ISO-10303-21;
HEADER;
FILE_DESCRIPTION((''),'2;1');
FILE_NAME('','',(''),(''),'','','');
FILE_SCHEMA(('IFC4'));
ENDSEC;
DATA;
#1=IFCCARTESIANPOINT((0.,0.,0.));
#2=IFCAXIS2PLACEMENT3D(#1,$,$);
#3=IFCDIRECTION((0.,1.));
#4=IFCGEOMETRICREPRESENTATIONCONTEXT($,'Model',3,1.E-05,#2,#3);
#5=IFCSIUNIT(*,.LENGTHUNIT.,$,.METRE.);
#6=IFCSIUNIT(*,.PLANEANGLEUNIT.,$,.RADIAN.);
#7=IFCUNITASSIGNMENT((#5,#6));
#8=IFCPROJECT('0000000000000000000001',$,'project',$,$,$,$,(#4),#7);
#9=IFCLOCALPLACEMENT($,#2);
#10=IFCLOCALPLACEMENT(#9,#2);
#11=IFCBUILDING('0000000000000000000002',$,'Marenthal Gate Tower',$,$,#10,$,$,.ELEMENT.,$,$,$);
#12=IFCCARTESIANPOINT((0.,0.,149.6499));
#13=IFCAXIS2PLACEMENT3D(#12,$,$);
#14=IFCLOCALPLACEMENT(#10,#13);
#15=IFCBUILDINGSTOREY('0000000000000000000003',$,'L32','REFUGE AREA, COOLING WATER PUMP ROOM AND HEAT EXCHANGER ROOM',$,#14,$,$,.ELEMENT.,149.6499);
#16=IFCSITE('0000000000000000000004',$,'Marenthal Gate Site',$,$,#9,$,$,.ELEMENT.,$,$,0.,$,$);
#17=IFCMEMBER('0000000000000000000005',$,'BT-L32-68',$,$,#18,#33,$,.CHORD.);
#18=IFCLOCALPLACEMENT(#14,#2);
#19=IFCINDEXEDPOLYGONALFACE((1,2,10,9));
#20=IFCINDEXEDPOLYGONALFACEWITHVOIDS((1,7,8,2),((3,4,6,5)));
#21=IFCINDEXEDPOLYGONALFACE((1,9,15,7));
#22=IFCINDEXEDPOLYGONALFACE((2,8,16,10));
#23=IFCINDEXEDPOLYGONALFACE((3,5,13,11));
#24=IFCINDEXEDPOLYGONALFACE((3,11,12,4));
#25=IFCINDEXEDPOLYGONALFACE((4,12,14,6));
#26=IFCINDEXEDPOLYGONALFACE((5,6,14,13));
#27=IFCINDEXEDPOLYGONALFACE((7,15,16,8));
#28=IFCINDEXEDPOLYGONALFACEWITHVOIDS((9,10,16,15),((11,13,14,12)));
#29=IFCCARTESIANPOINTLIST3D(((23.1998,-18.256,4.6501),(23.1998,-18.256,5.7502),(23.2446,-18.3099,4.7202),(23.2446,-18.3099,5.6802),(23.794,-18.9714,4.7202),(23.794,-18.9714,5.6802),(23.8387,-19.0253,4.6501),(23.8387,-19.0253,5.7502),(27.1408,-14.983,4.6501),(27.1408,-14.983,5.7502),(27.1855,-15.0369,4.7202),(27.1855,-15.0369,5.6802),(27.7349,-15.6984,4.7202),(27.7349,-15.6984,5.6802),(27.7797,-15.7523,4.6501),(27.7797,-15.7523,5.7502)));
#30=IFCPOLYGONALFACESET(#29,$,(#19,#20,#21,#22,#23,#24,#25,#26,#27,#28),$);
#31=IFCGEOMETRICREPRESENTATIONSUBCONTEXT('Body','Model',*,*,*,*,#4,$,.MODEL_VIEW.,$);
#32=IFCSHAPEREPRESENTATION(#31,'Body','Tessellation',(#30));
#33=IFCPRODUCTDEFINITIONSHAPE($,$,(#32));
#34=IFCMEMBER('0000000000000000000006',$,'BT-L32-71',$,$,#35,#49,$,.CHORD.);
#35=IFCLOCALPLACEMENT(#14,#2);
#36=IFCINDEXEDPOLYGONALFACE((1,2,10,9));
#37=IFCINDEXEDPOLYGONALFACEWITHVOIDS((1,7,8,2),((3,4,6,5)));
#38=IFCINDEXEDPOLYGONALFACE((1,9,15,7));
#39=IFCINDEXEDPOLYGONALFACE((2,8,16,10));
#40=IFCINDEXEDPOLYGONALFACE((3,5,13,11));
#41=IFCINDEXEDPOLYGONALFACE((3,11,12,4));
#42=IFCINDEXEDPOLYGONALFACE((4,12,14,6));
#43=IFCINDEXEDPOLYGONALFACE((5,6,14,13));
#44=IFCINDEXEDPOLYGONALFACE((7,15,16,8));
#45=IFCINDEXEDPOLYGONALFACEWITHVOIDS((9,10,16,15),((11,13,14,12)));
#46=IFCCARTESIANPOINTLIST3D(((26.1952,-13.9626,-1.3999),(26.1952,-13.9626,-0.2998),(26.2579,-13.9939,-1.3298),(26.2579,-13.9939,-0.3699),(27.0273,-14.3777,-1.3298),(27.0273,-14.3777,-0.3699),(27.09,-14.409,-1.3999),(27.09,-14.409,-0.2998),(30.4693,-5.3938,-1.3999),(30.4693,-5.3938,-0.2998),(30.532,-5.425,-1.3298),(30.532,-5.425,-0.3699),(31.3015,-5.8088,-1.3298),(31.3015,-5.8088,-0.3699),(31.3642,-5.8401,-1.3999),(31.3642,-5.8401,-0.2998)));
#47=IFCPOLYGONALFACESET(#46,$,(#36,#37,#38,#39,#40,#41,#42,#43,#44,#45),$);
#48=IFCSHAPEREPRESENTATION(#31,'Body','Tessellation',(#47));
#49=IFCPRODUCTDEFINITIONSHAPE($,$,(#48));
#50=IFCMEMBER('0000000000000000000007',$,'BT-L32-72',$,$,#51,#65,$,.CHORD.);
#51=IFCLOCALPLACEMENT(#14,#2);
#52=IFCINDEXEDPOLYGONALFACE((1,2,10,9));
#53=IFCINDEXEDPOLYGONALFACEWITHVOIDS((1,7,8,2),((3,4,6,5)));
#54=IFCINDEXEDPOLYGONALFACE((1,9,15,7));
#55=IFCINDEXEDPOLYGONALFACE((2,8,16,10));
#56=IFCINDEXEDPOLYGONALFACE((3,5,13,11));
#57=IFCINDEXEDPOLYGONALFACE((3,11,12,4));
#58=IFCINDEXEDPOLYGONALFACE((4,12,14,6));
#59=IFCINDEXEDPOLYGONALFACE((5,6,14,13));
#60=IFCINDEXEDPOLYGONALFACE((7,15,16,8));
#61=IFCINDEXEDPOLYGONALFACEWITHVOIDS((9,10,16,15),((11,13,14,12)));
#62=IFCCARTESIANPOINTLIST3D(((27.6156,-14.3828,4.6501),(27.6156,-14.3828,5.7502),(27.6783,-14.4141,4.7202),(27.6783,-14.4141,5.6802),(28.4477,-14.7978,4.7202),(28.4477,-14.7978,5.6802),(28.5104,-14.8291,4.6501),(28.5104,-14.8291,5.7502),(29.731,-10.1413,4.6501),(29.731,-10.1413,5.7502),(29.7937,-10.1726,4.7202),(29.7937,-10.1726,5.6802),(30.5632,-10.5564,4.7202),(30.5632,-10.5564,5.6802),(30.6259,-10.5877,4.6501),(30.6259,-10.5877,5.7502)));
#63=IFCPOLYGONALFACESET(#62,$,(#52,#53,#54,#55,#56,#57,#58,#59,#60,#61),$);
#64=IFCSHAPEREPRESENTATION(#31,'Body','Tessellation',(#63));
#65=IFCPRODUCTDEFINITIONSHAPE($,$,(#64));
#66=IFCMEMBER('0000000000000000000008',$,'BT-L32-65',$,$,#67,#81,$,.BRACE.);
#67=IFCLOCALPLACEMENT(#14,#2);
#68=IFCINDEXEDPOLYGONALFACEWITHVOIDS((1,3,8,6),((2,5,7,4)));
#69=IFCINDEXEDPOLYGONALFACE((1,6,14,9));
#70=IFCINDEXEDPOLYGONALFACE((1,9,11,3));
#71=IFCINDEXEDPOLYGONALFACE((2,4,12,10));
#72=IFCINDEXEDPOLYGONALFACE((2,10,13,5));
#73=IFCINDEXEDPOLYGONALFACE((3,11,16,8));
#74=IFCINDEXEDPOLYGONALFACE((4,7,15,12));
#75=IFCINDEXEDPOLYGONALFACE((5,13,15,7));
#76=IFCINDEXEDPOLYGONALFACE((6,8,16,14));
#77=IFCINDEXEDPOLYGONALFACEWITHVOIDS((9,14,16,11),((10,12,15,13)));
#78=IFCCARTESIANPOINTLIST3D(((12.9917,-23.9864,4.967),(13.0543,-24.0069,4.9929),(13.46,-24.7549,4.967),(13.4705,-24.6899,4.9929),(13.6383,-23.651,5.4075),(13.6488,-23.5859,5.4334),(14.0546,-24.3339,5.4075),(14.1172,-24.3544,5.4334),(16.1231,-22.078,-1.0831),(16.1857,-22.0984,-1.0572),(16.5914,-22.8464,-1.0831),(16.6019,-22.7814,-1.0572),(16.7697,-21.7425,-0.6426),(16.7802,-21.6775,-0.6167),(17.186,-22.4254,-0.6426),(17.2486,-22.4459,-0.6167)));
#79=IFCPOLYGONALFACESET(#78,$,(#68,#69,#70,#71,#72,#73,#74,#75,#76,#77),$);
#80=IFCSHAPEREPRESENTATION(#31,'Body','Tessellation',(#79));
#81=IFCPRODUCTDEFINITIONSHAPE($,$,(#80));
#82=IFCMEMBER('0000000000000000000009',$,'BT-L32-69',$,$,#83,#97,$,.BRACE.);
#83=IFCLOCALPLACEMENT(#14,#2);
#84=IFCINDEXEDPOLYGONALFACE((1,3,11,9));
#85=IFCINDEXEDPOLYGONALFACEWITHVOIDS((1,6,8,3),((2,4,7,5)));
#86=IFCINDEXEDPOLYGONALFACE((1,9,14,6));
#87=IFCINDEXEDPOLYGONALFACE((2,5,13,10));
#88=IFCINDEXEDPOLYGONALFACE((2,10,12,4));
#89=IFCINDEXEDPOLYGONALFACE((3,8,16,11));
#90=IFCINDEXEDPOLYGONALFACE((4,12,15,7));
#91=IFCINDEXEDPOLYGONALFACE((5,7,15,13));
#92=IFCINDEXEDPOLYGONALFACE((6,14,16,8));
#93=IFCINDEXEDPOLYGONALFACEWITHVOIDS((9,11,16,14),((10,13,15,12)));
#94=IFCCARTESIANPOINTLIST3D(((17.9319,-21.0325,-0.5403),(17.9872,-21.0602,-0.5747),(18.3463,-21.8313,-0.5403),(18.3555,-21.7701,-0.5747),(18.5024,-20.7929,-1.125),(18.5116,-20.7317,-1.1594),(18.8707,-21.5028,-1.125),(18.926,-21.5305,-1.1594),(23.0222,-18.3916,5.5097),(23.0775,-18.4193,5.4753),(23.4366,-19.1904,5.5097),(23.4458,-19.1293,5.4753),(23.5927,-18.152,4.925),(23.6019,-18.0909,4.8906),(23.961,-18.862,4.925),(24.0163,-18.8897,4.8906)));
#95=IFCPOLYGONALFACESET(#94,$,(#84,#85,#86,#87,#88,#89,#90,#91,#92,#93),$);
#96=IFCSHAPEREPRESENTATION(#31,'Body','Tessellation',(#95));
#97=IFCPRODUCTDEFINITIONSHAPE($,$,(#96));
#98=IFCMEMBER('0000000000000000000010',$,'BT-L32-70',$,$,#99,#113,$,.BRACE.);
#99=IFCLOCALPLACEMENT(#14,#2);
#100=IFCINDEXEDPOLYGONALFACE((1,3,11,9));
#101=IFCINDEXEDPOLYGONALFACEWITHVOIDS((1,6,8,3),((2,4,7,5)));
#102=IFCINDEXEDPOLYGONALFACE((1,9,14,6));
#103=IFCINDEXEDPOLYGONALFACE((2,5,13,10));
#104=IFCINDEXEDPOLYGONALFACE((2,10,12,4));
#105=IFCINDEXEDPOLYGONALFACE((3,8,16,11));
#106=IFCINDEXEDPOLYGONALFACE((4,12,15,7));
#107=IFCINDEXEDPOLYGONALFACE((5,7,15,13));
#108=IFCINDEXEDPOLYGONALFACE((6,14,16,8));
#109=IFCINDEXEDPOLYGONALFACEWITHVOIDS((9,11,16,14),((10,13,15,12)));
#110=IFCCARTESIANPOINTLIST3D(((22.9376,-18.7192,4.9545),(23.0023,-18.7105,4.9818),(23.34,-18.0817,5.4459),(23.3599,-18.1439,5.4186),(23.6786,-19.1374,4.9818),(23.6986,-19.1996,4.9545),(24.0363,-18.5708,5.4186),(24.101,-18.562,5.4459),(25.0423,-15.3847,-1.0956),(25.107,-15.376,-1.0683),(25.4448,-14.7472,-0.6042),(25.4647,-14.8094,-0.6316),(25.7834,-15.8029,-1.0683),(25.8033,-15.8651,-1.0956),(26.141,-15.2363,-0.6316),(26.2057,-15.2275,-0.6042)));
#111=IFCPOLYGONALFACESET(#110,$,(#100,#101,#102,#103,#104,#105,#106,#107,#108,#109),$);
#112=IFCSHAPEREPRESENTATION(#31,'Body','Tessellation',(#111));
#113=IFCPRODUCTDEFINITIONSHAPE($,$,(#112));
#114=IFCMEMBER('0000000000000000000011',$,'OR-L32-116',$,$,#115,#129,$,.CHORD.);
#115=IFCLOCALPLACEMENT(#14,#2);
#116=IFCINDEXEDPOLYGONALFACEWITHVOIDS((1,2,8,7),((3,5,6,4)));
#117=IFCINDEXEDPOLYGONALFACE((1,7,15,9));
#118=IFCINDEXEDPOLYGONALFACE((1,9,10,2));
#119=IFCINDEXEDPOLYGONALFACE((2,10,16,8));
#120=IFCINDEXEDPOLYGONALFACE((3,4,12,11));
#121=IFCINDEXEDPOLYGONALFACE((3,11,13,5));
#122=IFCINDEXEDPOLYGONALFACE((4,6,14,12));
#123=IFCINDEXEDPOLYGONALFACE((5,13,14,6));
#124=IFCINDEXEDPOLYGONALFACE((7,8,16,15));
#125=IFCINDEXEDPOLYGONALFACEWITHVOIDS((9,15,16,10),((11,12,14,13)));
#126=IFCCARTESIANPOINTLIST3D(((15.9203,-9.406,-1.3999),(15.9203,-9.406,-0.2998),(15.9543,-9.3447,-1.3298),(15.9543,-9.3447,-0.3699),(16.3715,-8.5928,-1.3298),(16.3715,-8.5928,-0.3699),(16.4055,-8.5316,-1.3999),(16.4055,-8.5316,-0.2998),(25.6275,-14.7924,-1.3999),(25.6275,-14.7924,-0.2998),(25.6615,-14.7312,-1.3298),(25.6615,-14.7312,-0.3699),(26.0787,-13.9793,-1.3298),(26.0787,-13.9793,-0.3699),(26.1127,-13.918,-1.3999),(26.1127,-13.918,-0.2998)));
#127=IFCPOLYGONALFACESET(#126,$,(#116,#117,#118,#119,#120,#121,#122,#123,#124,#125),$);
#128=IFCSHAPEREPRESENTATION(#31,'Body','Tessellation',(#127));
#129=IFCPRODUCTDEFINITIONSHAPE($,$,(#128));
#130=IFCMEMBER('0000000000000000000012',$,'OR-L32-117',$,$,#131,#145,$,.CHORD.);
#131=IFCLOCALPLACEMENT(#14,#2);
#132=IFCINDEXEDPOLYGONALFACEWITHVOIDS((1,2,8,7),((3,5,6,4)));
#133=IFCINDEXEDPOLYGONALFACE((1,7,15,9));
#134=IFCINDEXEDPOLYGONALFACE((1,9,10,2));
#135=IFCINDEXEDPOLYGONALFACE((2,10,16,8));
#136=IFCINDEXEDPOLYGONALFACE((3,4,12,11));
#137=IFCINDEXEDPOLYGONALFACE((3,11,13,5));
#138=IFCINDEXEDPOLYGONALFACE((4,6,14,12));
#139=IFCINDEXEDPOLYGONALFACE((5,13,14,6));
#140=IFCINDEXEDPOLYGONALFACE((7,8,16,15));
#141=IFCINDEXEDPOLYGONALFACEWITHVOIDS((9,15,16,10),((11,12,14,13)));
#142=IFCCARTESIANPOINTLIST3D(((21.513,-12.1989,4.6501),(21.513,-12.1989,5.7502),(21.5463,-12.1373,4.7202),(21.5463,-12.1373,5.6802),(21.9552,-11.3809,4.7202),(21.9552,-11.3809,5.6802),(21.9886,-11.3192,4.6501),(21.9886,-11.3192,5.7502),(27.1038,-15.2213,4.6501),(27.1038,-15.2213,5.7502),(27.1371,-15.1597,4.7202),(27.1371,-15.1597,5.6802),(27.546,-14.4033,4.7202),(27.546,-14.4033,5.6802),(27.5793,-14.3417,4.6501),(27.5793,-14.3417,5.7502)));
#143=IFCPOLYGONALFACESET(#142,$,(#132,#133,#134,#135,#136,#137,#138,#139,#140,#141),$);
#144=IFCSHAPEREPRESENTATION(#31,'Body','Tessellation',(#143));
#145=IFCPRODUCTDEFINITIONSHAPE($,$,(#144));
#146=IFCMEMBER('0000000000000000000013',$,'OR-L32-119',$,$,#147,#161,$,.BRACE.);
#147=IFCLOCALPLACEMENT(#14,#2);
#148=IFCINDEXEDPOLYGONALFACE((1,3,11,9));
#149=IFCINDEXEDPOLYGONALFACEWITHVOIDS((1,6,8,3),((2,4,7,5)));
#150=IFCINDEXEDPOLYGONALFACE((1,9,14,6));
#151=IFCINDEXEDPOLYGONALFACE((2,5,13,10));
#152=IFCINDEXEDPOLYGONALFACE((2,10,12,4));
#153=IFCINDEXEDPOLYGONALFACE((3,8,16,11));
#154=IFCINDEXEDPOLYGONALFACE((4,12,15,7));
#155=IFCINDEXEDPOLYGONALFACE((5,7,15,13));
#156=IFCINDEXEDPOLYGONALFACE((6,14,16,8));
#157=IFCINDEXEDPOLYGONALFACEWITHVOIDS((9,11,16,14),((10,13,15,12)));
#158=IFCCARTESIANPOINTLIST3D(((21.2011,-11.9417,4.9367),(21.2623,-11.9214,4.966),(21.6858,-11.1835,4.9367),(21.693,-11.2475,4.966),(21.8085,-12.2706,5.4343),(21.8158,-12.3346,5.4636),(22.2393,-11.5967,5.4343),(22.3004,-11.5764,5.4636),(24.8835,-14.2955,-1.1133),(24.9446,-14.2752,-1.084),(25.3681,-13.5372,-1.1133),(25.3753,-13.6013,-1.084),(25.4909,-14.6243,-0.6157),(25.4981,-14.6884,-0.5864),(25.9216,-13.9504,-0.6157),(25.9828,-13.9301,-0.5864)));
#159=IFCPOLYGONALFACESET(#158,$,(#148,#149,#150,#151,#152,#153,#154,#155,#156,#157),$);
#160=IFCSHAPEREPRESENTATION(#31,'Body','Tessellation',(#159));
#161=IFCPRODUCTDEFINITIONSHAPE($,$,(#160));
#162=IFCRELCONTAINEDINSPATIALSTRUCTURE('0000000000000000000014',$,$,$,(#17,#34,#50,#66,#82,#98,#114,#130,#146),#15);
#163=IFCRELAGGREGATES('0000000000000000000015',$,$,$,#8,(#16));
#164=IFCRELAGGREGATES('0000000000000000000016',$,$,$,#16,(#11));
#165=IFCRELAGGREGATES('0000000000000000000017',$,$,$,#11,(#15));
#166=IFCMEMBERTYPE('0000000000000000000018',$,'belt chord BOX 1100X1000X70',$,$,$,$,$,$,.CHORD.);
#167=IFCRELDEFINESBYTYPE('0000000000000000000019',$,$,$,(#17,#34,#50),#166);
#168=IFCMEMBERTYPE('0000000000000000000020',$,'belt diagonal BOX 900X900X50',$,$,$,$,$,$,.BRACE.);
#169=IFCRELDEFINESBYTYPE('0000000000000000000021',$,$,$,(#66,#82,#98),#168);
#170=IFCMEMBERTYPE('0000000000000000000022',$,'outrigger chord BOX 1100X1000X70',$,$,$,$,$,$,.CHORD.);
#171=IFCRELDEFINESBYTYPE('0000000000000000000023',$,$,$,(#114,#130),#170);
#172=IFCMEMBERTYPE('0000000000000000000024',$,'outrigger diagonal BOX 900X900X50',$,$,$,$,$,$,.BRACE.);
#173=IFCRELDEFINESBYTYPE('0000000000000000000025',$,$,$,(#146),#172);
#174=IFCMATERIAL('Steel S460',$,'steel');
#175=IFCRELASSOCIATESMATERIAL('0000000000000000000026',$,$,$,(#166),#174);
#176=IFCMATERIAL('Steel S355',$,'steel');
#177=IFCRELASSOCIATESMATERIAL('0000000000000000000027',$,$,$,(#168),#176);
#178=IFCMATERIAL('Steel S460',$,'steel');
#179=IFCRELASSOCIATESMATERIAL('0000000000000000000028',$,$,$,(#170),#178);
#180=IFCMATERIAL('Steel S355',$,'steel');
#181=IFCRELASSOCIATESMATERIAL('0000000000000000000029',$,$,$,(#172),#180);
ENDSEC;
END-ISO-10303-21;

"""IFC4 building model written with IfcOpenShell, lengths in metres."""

from ifc_helpers import new_model, si_unit, direction, frame, origin, origin_2d, place, context, subcontext, project, spatial, hollow_rectangle, extrude, material, material_profile, profile_set, type_object, element, save


model = new_model("IFC4")

# Units and contexts
model_context = context("Model", 3, precision=1e-05, world=origin(), true_north=direction((0.0, 1.0)))
body_context = subcontext(model_context, "Body", "Model", "MODEL_VIEW")
ifc_project = project(units=[si_unit("LENGTHUNIT", "METRE"), si_unit("PLANEANGLEUNIT", "RADIAN")], contexts=[model_context])

# Site, building, storey
site_placement = place(None, origin())
site = spatial("IfcSite", under=ifc_project, at=site_placement, Name="Marenthal Gate Site", CompositionType="ELEMENT", RefElevation=0.0)
building_placement = place(site_placement, origin())
building = spatial("IfcBuilding", under=site, at=building_placement, Name="Marenthal Gate Tower", CompositionType="ELEMENT")
storey_placement = place(building_placement, frame((0.0, 0.0, 149.6499)))
storey = spatial("IfcBuildingStorey", under=building, at=storey_placement, Name="L32", Description="REFUGE AREA, COOLING WATER PUMP ROOM AND HEAT EXCHANGER ROOM", CompositionType="ELEMENT", Elevation=149.6499)

# Members
ifc_material_1 = material(Name="Steel S460", Category="steel")
ifc_material_profile_1 = material_profile(ifc_material_1, hollow_rectangle(XDim=1.0, YDim=1.1001, WallThickness=0.0701, at=origin_2d()), Name="BOX 1100X1000X70")
ifc_profile_set_1 = profile_set([ifc_material_profile_1], Name="Steel S460")
member_type_1 = type_object("IfcMemberType", Name="belt chord BOX 1100X1000X70", PredefinedType="CHORD", material=ifc_profile_set_1)
for number, where, z_axis, x_axis, name in (
    (1, (23.5193, -18.6406, 5.2002), (0.769291, 0.638899, 0.0), (-0.638899, 0.769291, 0.0), "BT-L32-68"),
):
    element("IfcMember", number, at=place(storey_placement, frame(where, z_axis=z_axis, x_axis=x_axis)), inside=storey, type_object=member_type_1, Name=name, PredefinedType="CHORD", context=body_context, shape_type="SweptSolid", body=[
        extrude(hollow_rectangle(XDim=1.0, YDim=1.1001, WallThickness=0.0701, at=origin_2d()), origin(), (0.0, 0.0, 1.0), 5.1228),
    ])
member_1_placement = place(storey_placement, frame((26.6426, -14.1858, -0.8499), z_axis=(0.446357, 0.894855, 0.0), x_axis=(-0.894855, 0.446357, 0.0)))
element("IfcMember", 2, at=member_1_placement, inside=storey, type_object=member_type_1, Name="BT-L32-71", PredefinedType="CHORD", context=body_context, shape_type="SweptSolid", body=[
    extrude(hollow_rectangle(XDim=1.0, YDim=1.1001, WallThickness=0.0701, at=origin_2d()), origin(), (0.0, 0.0, 1.0), 9.5757),
])
member_2_placement = place(storey_placement, frame((28.063, -14.606, 5.2002), z_axis=(0.446327, 0.89487, 0.0), x_axis=(-0.89487, 0.446327, 0.0)))
element("IfcMember", 3, at=member_2_placement, inside=storey, type_object=member_type_1, Name="BT-L32-72", PredefinedType="CHORD", context=body_context, shape_type="SweptSolid", body=[
    extrude(hollow_rectangle(XDim=1.0, YDim=1.1001, WallThickness=0.0701, at=origin_2d()), origin(), (0.0, 0.0, 1.0), 4.7397),
])
ifc_material_2 = material(Name="Steel S355", Category="steel")
ifc_material_profile_2 = material_profile(ifc_material_2, hollow_rectangle(XDim=0.8999, YDim=0.8999, WallThickness=0.05, at=origin_2d()), Name="BOX 900X900X50")
ifc_profile_set_2 = profile_set([ifc_material_profile_2], Name="Steel S355")
member_type_2 = type_object("IfcMemberType", Name="belt diagonal BOX 900X900X50", PredefinedType="BRACE", material=ifc_profile_set_2)
member_3_placement = place(storey_placement, frame((13.5544, -24.1704, 5.2002), z_axis=(0.442616, 0.269759, -0.855174), x_axis=(-0.520426, 0.853907, 0.0)))
element("IfcMember", 4, at=member_3_placement, inside=storey, type_object=member_type_2, Name="BT-L32-65", PredefinedType="BRACE", context=body_context, shape_type="SweptSolid", body=[
    extrude(hollow_rectangle(XDim=0.8999, YDim=0.8999, WallThickness=0.05, at=origin_2d()), origin(), (0.0, 0.0, 1.0), 7.0747),
])
member_4_placement = place(storey_placement, frame((18.429, -21.2815, -0.8499), z_axis=(0.610645, 0.316803, 0.725774), x_axis=(-0.460515, 0.887652, 0.0)))
element("IfcMember", 5, at=member_4_placement, inside=storey, type_object=member_type_2, Name="BT-L32-69", PredefinedType="BRACE", context=body_context, shape_type="SweptSolid", body=[
    extrude(hollow_rectangle(XDim=0.8999, YDim=0.8999, WallThickness=0.05, at=origin_2d()), origin(), (0.0, 0.0, 1.0), 8.3359),
])
member_5_placement = place(storey_placement, frame((23.5193, -18.6406, 5.2002), z_axis=(0.29145, 0.461735, -0.83777), x_axis=(-0.845632, 0.533767, 0.0)))
element("IfcMember", 6, at=member_5_placement, inside=storey, type_object=member_type_2, Name="BT-L32-70", PredefinedType="BRACE", context=body_context, shape_type="SweptSolid", body=[
    extrude(hollow_rectangle(XDim=0.8999, YDim=0.8999, WallThickness=0.05, at=origin_2d()), origin(), (0.0, 0.0, 1.0), 7.2217),
])
ifc_material_3 = material(Name="Steel S460", Category="steel")
ifc_material_profile_3 = material_profile(ifc_material_3, hollow_rectangle(XDim=1.0, YDim=1.1001, WallThickness=0.0701, at=origin_2d()), Name="BOX 1100X1000X70")
ifc_profile_set_3 = profile_set([ifc_material_profile_3], Name="Steel S460")
member_type_3 = type_object("IfcMemberType", Name="outrigger chord BOX 1100X1000X70", PredefinedType="CHORD", material=ifc_profile_set_3)
member_6_placement = place(storey_placement, frame((25.8701, -14.3552, -0.8499), z_axis=(-0.874404, 0.485198, 0.0), x_axis=(-0.485198, -0.874404, 0.0)))
element("IfcMember", 7, at=member_6_placement, inside=storey, type_object=member_type_3, Name="OR-L32-116", PredefinedType="CHORD", context=body_context, shape_type="SweptSolid", body=[
    extrude(hollow_rectangle(XDim=1.0, YDim=1.1001, WallThickness=0.0701, at=origin_2d()), origin(), (0.0, 0.0, 1.0), 11.1016),
])
member_7_placement = place(storey_placement, frame((27.3416, -14.7815, 5.2002), z_axis=(-0.87968, 0.475565, 0.0), x_axis=(-0.475565, -0.87968, 0.0)))
element("IfcMember", 8, at=member_7_placement, inside=storey, type_object=member_type_3, Name="OR-L32-117", PredefinedType="CHORD", context=body_context, shape_type="SweptSolid", body=[
    extrude(hollow_rectangle(XDim=1.0, YDim=1.1001, WallThickness=0.0701, at=origin_2d()), origin(), (0.0, 0.0, 1.0), 6.3555),
])
ifc_material_4 = material(Name="Steel S355", Category="steel")
ifc_material_profile_4 = material_profile(ifc_material_4, hollow_rectangle(XDim=0.8999, YDim=0.8999, WallThickness=0.05, at=origin_2d()), Name="BOX 900X900X50")
ifc_profile_set_4 = profile_set([ifc_material_profile_4], Name="Steel S355")
member_type_4 = type_object("IfcMemberType", Name="outrigger diagonal BOX 900X900X50", PredefinedType="BRACE", material=ifc_profile_set_4)
member_8_placement = place(storey_placement, frame((25.4331, -14.1128, -0.8499), z_axis=(-0.493387, 0.315371, 0.810623), x_axis=(-0.538573, -0.842579, 0.0)))
element("IfcMember", 9, at=member_8_placement, inside=storey, type_object=member_type_4, Name="OR-L32-119", PredefinedType="BRACE", context=body_context, shape_type="SweptSolid", body=[
    extrude(hollow_rectangle(XDim=0.8999, YDim=0.8999, WallThickness=0.05, at=origin_2d()), origin(), (0.0, 0.0, 1.0), 7.4634),
])

save(model, "model.ifc")
